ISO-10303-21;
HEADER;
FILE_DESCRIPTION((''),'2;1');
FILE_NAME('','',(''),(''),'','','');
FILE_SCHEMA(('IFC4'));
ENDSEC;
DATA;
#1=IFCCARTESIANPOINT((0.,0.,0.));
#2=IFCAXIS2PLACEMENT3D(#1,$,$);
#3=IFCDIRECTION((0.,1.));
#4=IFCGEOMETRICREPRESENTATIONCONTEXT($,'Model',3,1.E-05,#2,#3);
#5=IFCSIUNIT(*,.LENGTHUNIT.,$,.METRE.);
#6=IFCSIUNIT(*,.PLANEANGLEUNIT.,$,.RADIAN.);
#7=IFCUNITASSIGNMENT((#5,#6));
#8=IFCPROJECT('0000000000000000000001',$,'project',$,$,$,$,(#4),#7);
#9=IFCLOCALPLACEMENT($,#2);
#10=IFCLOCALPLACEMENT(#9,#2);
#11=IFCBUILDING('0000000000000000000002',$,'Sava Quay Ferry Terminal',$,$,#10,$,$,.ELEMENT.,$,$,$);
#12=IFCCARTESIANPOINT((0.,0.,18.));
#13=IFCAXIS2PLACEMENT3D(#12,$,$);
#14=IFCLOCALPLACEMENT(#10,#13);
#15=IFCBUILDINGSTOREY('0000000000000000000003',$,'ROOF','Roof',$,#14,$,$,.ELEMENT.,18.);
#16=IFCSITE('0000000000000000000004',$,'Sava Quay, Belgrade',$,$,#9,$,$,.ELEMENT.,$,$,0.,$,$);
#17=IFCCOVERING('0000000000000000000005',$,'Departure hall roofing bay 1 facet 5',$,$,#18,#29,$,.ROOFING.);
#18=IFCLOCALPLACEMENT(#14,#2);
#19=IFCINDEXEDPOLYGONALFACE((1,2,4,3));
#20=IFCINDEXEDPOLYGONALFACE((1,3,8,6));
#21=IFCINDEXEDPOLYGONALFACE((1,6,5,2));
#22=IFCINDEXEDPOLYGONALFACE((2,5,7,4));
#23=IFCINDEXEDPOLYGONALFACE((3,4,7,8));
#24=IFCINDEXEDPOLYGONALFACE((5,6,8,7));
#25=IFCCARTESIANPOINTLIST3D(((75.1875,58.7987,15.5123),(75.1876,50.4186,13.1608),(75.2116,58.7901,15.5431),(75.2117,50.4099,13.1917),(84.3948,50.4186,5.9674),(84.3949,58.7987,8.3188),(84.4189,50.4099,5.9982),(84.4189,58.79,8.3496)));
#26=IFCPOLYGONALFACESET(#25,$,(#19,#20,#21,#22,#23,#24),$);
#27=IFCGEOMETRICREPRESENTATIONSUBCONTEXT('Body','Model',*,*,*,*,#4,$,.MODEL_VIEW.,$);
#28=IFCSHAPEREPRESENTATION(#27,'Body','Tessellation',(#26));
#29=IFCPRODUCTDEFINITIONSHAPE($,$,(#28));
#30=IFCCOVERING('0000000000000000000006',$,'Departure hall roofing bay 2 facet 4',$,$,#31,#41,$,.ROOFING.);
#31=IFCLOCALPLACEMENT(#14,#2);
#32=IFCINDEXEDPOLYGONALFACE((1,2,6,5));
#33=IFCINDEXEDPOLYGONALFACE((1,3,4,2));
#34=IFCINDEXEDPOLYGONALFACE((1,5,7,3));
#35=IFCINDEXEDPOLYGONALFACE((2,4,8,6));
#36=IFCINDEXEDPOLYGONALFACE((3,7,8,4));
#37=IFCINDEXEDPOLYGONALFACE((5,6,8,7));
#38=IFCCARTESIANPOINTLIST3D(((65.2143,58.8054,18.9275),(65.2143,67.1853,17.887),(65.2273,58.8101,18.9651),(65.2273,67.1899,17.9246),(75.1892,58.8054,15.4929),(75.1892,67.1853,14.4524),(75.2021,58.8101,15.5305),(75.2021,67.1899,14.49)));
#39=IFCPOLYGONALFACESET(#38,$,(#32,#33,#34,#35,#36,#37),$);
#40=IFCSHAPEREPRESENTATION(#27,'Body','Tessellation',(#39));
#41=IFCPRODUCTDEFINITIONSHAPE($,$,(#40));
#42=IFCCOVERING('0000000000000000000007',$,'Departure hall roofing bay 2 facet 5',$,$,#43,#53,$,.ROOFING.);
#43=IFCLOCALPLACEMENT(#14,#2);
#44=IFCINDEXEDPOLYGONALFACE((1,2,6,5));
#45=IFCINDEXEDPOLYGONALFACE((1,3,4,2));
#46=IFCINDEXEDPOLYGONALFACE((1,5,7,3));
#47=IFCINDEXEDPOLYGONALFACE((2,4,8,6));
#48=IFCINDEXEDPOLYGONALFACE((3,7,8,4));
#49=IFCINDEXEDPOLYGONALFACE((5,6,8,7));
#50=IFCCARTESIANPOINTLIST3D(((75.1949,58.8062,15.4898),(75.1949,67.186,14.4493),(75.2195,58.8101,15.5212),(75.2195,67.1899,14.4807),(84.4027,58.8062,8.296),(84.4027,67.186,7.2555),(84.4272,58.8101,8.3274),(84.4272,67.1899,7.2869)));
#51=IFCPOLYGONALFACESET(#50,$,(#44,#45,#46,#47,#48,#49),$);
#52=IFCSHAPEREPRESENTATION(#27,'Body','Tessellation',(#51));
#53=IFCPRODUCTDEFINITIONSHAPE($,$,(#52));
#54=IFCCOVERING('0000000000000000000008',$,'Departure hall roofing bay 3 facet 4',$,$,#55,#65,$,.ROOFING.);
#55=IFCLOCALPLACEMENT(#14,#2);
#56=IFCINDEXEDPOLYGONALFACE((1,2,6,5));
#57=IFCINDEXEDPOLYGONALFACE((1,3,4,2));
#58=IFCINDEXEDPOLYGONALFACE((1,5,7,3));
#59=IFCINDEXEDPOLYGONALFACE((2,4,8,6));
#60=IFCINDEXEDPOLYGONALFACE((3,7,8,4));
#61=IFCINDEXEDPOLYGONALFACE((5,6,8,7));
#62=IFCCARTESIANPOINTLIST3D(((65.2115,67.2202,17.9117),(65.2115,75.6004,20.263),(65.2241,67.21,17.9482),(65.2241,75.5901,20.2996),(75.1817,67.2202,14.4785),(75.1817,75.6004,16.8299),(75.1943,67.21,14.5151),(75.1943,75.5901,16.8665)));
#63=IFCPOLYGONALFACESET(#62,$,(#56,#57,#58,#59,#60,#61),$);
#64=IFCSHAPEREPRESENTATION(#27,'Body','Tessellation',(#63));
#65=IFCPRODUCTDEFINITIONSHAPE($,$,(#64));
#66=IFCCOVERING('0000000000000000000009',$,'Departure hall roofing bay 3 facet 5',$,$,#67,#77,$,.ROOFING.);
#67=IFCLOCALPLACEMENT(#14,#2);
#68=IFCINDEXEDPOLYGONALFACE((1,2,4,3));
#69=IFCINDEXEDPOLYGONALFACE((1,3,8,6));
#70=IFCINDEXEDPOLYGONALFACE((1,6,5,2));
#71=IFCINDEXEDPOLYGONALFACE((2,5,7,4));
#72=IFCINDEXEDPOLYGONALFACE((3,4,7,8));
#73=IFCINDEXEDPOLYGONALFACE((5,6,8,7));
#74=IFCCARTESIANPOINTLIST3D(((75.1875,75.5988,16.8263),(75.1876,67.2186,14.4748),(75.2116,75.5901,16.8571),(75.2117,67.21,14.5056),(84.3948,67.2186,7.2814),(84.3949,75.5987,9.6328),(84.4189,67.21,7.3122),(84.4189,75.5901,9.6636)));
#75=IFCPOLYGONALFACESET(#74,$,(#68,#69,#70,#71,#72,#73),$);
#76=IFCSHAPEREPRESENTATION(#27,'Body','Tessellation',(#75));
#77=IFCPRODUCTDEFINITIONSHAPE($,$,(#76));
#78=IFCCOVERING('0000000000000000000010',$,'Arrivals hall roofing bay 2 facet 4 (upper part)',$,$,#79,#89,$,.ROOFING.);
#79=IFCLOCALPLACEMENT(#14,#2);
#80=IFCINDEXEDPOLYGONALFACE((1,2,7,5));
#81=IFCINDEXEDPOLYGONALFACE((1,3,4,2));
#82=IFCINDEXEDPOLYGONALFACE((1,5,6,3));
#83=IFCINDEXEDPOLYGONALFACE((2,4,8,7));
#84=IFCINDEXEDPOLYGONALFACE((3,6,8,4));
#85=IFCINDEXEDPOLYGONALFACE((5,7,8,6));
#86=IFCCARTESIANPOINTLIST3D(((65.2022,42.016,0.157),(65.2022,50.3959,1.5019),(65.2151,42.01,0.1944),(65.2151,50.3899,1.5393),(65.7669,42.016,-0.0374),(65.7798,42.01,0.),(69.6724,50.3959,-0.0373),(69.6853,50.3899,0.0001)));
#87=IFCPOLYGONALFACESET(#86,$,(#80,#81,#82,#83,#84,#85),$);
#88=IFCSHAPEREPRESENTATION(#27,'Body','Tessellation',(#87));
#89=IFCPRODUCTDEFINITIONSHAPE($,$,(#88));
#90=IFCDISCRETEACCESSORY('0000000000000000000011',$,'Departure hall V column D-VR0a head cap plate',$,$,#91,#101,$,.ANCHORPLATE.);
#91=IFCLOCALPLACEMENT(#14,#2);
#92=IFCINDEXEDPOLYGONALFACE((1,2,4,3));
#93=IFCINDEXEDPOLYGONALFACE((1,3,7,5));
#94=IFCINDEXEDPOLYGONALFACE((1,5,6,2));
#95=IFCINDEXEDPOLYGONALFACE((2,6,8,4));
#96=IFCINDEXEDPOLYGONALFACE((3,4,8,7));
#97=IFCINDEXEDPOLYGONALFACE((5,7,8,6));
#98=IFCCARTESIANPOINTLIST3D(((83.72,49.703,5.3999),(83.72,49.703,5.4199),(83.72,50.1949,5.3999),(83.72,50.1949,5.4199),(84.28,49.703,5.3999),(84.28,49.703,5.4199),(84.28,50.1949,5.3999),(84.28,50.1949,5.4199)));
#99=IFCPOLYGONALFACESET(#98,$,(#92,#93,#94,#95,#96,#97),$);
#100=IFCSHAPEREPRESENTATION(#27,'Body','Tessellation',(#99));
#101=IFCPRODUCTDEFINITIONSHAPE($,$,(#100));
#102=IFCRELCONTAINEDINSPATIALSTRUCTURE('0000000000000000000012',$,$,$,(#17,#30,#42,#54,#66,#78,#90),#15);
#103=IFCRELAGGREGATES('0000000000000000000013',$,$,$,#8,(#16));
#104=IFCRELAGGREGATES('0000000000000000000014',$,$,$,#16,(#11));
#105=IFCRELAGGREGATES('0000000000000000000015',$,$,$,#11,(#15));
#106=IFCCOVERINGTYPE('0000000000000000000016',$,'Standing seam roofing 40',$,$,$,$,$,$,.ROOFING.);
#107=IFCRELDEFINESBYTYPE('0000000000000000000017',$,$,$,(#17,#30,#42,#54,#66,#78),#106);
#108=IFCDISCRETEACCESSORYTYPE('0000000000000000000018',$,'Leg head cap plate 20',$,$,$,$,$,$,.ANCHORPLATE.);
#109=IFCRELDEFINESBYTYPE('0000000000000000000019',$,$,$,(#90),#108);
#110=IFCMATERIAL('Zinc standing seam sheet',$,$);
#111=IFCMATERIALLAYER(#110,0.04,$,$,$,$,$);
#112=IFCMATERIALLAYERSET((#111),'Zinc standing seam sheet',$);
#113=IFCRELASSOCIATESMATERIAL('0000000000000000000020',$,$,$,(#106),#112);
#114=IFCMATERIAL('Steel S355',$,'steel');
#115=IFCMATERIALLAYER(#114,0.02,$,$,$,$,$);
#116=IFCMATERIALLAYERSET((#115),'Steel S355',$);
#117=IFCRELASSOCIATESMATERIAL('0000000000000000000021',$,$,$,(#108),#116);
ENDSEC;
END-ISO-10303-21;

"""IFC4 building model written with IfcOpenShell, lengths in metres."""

from ifc_helpers import new_model, si_unit, direction, frame, origin, origin_2d, place, context, subcontext, project, spatial, polyline, rectangle, outline, extrude, material, layer, layer_set, type_object, element, save


model = new_model("IFC4")

# Units and contexts
model_context = context("Model", 3, precision=1e-05, world=origin(), true_north=direction((0.0, 1.0)))
body_context = subcontext(model_context, "Body", "Model", "MODEL_VIEW")
ifc_project = project(units=[si_unit("LENGTHUNIT", "METRE"), si_unit("PLANEANGLEUNIT", "RADIAN")], contexts=[model_context])

# Site, building, storey
site_placement = place(None, origin())
site = spatial("IfcSite", under=ifc_project, at=site_placement, Name="Sava Quay, Belgrade", CompositionType="ELEMENT", RefElevation=0.0)
building_placement = place(site_placement, origin())
building = spatial("IfcBuilding", under=site, at=building_placement, Name="Sava Quay Ferry Terminal", CompositionType="ELEMENT")
storey_placement = place(building_placement, frame((0.0, 0.0, 18.0)))
storey = spatial("IfcBuildingStorey", under=building, at=storey_placement, Name="ROOF", Description="Roof", CompositionType="ELEMENT", Elevation=18.0)

# Coverings
ifc_material_1 = material(Name="Zinc standing seam sheet")
ifc_layer_1 = layer(ifc_material_1, 0.04)
ifc_layer_set_1 = layer_set([ifc_layer_1], Name="Zinc standing seam sheet")
covering_type_1 = type_object("IfcCoveringType", Name="Standing seam roofing 40", PredefinedType="ROOFING", material=ifc_layer_set_1)
covering_1_placement = place(storey_placement, frame((75.2117, 50.4099, 13.1917), z_axis=(0.60114, -0.215899, 0.769427), x_axis=(-0.000006, 0.962813, 0.270168)))
element("IfcCovering", 1, at=covering_1_placement, inside=storey, type_object=covering_type_1, Name="Departure hall roofing bay 1 facet 5", PredefinedType="ROOFING", context=body_context, shape_type="SweptSolid", body=[
    extrude(outline(polyline([(0.0, 0.0), (8.7038, 0.0), (6.7603, -11.5215), (-1.9435, -11.5213), (0.0, 0.0)])), origin(), (0.0, 0.0, -1.0), 0.04),
])
covering_2_placement = place(storey_placement, frame((65.2273, 58.8101, 18.9651), z_axis=(0.323343, 0.116604, 0.93907), x_axis=(0.0, 0.992379, -0.123223)))
element("IfcCovering", 2, at=covering_2_placement, inside=storey, type_object=covering_type_1, Name="Departure hall roofing bay 2 facet 4", PredefinedType="ROOFING", context=body_context, shape_type="SweptSolid", body=[
    extrude(outline(polyline([(0.0, 0.0), (8.4442, 0.0), (8.8675, -10.5411), (0.4232, -10.5411), (0.0, 0.0)])), origin(), (0.0, 0.0, -1.0), 0.04),
])
covering_3_placement = place(storey_placement, frame((75.2195, 58.8101, 15.5212), z_axis=(0.612733, 0.097382, 0.784267), x_axis=(0.0, 0.992379, -0.123223)))
element("IfcCovering", 3, at=covering_3_placement, inside=storey, type_object=covering_type_1, Name="Departure hall roofing bay 2 facet 5", PredefinedType="ROOFING", context=body_context, shape_type="SweptSolid", body=[
    extrude(outline(polyline([(0.0, 0.0), (8.4442, 0.0), (9.3307, -11.6511), (0.8865, -11.6511), (0.0, 0.0)])), origin(), (0.0, 0.0, -1.0), 0.04),
])
covering_4_placement = place(storey_placement, frame((65.2241, 67.21, 17.9482), z_axis=(0.314689, -0.256425, 0.913902), x_axis=(0.0, 0.962818, 0.27015)))
element("IfcCovering", 4, at=covering_4_placement, inside=storey, type_object=covering_type_1, Name="Departure hall roofing bay 3 facet 4", PredefinedType="ROOFING", context=body_context, shape_type="SweptSolid", body=[
    extrude(outline(polyline([(0.0, 0.0), (8.7037, 0.0), (7.7763, -10.5039), (-0.9275, -10.5039), (0.0, 0.0)])), origin(), (0.0, 0.0, -1.0), 0.04),
])
covering_5_placement = place(storey_placement, frame((75.2117, 67.21, 14.5056), z_axis=(0.60114, -0.215899, 0.769427), x_axis=(-0.000006, 0.962813, 0.270168)))
element("IfcCovering", 5, at=covering_5_placement, inside=storey, type_object=covering_type_1, Name="Departure hall roofing bay 3 facet 5", PredefinedType="ROOFING", context=body_context, shape_type="SweptSolid", body=[
    extrude(outline(polyline([(0.0, 0.0), (8.7038, 0.0), (6.7603, -11.5215), (-1.9435, -11.5213), (0.0, 0.0)])), origin(), (0.0, 0.0, -1.0), 0.04),
])
covering_6_placement = place(storey_placement, frame((65.2151, 50.3899, 1.5393), z_axis=(0.321881, -0.150027, 0.934818), x_axis=(0.945519, -0.000003, -0.325566)))
element("IfcCovering", 6, at=covering_6_placement, inside=storey, type_object=covering_type_1, Name="Arrivals hall roofing bay 2 facet 4 (upper part)", PredefinedType="ROOFING", context=body_context, shape_type="SweptSolid", body=[
    extrude(outline(polyline([(0.0, 0.0), (4.7278, 0.0), (1.0351, -8.4758), (0.4379, -8.4758), (0.0, 0.0)])), origin(), (0.0, 0.0, -1.0), 0.04),
])

# Discrete accessory
ifc_material_2 = material(Name="Steel S355", Category="steel")
ifc_layer_2 = layer(ifc_material_2, 0.02)
ifc_layer_set_2 = layer_set([ifc_layer_2], Name="Steel S355")
discrete_accessory_type = type_object("IfcDiscreteAccessoryType", Name="Leg head cap plate 20", PredefinedType="ANCHORPLATE", material=ifc_layer_set_2)
discrete_accessory_placement = place(storey_placement, frame((84.0, 49.949, 5.3999), z_axis=(0.0, 0.0, 1.0), x_axis=(1.0, 0.0, 0.0)))
element("IfcDiscreteAccessory", 7, at=discrete_accessory_placement, inside=storey, type_object=discrete_accessory_type, Name="Departure hall V column D-VR0a head cap plate", PredefinedType="ANCHORPLATE", context=body_context, shape_type="SweptSolid", body=[
    extrude(rectangle(XDim=0.5601, YDim=0.4919, at=origin_2d()), origin(), (0.0, 0.0, 1.0), 0.02),
])

save(model, "model.ifc")
